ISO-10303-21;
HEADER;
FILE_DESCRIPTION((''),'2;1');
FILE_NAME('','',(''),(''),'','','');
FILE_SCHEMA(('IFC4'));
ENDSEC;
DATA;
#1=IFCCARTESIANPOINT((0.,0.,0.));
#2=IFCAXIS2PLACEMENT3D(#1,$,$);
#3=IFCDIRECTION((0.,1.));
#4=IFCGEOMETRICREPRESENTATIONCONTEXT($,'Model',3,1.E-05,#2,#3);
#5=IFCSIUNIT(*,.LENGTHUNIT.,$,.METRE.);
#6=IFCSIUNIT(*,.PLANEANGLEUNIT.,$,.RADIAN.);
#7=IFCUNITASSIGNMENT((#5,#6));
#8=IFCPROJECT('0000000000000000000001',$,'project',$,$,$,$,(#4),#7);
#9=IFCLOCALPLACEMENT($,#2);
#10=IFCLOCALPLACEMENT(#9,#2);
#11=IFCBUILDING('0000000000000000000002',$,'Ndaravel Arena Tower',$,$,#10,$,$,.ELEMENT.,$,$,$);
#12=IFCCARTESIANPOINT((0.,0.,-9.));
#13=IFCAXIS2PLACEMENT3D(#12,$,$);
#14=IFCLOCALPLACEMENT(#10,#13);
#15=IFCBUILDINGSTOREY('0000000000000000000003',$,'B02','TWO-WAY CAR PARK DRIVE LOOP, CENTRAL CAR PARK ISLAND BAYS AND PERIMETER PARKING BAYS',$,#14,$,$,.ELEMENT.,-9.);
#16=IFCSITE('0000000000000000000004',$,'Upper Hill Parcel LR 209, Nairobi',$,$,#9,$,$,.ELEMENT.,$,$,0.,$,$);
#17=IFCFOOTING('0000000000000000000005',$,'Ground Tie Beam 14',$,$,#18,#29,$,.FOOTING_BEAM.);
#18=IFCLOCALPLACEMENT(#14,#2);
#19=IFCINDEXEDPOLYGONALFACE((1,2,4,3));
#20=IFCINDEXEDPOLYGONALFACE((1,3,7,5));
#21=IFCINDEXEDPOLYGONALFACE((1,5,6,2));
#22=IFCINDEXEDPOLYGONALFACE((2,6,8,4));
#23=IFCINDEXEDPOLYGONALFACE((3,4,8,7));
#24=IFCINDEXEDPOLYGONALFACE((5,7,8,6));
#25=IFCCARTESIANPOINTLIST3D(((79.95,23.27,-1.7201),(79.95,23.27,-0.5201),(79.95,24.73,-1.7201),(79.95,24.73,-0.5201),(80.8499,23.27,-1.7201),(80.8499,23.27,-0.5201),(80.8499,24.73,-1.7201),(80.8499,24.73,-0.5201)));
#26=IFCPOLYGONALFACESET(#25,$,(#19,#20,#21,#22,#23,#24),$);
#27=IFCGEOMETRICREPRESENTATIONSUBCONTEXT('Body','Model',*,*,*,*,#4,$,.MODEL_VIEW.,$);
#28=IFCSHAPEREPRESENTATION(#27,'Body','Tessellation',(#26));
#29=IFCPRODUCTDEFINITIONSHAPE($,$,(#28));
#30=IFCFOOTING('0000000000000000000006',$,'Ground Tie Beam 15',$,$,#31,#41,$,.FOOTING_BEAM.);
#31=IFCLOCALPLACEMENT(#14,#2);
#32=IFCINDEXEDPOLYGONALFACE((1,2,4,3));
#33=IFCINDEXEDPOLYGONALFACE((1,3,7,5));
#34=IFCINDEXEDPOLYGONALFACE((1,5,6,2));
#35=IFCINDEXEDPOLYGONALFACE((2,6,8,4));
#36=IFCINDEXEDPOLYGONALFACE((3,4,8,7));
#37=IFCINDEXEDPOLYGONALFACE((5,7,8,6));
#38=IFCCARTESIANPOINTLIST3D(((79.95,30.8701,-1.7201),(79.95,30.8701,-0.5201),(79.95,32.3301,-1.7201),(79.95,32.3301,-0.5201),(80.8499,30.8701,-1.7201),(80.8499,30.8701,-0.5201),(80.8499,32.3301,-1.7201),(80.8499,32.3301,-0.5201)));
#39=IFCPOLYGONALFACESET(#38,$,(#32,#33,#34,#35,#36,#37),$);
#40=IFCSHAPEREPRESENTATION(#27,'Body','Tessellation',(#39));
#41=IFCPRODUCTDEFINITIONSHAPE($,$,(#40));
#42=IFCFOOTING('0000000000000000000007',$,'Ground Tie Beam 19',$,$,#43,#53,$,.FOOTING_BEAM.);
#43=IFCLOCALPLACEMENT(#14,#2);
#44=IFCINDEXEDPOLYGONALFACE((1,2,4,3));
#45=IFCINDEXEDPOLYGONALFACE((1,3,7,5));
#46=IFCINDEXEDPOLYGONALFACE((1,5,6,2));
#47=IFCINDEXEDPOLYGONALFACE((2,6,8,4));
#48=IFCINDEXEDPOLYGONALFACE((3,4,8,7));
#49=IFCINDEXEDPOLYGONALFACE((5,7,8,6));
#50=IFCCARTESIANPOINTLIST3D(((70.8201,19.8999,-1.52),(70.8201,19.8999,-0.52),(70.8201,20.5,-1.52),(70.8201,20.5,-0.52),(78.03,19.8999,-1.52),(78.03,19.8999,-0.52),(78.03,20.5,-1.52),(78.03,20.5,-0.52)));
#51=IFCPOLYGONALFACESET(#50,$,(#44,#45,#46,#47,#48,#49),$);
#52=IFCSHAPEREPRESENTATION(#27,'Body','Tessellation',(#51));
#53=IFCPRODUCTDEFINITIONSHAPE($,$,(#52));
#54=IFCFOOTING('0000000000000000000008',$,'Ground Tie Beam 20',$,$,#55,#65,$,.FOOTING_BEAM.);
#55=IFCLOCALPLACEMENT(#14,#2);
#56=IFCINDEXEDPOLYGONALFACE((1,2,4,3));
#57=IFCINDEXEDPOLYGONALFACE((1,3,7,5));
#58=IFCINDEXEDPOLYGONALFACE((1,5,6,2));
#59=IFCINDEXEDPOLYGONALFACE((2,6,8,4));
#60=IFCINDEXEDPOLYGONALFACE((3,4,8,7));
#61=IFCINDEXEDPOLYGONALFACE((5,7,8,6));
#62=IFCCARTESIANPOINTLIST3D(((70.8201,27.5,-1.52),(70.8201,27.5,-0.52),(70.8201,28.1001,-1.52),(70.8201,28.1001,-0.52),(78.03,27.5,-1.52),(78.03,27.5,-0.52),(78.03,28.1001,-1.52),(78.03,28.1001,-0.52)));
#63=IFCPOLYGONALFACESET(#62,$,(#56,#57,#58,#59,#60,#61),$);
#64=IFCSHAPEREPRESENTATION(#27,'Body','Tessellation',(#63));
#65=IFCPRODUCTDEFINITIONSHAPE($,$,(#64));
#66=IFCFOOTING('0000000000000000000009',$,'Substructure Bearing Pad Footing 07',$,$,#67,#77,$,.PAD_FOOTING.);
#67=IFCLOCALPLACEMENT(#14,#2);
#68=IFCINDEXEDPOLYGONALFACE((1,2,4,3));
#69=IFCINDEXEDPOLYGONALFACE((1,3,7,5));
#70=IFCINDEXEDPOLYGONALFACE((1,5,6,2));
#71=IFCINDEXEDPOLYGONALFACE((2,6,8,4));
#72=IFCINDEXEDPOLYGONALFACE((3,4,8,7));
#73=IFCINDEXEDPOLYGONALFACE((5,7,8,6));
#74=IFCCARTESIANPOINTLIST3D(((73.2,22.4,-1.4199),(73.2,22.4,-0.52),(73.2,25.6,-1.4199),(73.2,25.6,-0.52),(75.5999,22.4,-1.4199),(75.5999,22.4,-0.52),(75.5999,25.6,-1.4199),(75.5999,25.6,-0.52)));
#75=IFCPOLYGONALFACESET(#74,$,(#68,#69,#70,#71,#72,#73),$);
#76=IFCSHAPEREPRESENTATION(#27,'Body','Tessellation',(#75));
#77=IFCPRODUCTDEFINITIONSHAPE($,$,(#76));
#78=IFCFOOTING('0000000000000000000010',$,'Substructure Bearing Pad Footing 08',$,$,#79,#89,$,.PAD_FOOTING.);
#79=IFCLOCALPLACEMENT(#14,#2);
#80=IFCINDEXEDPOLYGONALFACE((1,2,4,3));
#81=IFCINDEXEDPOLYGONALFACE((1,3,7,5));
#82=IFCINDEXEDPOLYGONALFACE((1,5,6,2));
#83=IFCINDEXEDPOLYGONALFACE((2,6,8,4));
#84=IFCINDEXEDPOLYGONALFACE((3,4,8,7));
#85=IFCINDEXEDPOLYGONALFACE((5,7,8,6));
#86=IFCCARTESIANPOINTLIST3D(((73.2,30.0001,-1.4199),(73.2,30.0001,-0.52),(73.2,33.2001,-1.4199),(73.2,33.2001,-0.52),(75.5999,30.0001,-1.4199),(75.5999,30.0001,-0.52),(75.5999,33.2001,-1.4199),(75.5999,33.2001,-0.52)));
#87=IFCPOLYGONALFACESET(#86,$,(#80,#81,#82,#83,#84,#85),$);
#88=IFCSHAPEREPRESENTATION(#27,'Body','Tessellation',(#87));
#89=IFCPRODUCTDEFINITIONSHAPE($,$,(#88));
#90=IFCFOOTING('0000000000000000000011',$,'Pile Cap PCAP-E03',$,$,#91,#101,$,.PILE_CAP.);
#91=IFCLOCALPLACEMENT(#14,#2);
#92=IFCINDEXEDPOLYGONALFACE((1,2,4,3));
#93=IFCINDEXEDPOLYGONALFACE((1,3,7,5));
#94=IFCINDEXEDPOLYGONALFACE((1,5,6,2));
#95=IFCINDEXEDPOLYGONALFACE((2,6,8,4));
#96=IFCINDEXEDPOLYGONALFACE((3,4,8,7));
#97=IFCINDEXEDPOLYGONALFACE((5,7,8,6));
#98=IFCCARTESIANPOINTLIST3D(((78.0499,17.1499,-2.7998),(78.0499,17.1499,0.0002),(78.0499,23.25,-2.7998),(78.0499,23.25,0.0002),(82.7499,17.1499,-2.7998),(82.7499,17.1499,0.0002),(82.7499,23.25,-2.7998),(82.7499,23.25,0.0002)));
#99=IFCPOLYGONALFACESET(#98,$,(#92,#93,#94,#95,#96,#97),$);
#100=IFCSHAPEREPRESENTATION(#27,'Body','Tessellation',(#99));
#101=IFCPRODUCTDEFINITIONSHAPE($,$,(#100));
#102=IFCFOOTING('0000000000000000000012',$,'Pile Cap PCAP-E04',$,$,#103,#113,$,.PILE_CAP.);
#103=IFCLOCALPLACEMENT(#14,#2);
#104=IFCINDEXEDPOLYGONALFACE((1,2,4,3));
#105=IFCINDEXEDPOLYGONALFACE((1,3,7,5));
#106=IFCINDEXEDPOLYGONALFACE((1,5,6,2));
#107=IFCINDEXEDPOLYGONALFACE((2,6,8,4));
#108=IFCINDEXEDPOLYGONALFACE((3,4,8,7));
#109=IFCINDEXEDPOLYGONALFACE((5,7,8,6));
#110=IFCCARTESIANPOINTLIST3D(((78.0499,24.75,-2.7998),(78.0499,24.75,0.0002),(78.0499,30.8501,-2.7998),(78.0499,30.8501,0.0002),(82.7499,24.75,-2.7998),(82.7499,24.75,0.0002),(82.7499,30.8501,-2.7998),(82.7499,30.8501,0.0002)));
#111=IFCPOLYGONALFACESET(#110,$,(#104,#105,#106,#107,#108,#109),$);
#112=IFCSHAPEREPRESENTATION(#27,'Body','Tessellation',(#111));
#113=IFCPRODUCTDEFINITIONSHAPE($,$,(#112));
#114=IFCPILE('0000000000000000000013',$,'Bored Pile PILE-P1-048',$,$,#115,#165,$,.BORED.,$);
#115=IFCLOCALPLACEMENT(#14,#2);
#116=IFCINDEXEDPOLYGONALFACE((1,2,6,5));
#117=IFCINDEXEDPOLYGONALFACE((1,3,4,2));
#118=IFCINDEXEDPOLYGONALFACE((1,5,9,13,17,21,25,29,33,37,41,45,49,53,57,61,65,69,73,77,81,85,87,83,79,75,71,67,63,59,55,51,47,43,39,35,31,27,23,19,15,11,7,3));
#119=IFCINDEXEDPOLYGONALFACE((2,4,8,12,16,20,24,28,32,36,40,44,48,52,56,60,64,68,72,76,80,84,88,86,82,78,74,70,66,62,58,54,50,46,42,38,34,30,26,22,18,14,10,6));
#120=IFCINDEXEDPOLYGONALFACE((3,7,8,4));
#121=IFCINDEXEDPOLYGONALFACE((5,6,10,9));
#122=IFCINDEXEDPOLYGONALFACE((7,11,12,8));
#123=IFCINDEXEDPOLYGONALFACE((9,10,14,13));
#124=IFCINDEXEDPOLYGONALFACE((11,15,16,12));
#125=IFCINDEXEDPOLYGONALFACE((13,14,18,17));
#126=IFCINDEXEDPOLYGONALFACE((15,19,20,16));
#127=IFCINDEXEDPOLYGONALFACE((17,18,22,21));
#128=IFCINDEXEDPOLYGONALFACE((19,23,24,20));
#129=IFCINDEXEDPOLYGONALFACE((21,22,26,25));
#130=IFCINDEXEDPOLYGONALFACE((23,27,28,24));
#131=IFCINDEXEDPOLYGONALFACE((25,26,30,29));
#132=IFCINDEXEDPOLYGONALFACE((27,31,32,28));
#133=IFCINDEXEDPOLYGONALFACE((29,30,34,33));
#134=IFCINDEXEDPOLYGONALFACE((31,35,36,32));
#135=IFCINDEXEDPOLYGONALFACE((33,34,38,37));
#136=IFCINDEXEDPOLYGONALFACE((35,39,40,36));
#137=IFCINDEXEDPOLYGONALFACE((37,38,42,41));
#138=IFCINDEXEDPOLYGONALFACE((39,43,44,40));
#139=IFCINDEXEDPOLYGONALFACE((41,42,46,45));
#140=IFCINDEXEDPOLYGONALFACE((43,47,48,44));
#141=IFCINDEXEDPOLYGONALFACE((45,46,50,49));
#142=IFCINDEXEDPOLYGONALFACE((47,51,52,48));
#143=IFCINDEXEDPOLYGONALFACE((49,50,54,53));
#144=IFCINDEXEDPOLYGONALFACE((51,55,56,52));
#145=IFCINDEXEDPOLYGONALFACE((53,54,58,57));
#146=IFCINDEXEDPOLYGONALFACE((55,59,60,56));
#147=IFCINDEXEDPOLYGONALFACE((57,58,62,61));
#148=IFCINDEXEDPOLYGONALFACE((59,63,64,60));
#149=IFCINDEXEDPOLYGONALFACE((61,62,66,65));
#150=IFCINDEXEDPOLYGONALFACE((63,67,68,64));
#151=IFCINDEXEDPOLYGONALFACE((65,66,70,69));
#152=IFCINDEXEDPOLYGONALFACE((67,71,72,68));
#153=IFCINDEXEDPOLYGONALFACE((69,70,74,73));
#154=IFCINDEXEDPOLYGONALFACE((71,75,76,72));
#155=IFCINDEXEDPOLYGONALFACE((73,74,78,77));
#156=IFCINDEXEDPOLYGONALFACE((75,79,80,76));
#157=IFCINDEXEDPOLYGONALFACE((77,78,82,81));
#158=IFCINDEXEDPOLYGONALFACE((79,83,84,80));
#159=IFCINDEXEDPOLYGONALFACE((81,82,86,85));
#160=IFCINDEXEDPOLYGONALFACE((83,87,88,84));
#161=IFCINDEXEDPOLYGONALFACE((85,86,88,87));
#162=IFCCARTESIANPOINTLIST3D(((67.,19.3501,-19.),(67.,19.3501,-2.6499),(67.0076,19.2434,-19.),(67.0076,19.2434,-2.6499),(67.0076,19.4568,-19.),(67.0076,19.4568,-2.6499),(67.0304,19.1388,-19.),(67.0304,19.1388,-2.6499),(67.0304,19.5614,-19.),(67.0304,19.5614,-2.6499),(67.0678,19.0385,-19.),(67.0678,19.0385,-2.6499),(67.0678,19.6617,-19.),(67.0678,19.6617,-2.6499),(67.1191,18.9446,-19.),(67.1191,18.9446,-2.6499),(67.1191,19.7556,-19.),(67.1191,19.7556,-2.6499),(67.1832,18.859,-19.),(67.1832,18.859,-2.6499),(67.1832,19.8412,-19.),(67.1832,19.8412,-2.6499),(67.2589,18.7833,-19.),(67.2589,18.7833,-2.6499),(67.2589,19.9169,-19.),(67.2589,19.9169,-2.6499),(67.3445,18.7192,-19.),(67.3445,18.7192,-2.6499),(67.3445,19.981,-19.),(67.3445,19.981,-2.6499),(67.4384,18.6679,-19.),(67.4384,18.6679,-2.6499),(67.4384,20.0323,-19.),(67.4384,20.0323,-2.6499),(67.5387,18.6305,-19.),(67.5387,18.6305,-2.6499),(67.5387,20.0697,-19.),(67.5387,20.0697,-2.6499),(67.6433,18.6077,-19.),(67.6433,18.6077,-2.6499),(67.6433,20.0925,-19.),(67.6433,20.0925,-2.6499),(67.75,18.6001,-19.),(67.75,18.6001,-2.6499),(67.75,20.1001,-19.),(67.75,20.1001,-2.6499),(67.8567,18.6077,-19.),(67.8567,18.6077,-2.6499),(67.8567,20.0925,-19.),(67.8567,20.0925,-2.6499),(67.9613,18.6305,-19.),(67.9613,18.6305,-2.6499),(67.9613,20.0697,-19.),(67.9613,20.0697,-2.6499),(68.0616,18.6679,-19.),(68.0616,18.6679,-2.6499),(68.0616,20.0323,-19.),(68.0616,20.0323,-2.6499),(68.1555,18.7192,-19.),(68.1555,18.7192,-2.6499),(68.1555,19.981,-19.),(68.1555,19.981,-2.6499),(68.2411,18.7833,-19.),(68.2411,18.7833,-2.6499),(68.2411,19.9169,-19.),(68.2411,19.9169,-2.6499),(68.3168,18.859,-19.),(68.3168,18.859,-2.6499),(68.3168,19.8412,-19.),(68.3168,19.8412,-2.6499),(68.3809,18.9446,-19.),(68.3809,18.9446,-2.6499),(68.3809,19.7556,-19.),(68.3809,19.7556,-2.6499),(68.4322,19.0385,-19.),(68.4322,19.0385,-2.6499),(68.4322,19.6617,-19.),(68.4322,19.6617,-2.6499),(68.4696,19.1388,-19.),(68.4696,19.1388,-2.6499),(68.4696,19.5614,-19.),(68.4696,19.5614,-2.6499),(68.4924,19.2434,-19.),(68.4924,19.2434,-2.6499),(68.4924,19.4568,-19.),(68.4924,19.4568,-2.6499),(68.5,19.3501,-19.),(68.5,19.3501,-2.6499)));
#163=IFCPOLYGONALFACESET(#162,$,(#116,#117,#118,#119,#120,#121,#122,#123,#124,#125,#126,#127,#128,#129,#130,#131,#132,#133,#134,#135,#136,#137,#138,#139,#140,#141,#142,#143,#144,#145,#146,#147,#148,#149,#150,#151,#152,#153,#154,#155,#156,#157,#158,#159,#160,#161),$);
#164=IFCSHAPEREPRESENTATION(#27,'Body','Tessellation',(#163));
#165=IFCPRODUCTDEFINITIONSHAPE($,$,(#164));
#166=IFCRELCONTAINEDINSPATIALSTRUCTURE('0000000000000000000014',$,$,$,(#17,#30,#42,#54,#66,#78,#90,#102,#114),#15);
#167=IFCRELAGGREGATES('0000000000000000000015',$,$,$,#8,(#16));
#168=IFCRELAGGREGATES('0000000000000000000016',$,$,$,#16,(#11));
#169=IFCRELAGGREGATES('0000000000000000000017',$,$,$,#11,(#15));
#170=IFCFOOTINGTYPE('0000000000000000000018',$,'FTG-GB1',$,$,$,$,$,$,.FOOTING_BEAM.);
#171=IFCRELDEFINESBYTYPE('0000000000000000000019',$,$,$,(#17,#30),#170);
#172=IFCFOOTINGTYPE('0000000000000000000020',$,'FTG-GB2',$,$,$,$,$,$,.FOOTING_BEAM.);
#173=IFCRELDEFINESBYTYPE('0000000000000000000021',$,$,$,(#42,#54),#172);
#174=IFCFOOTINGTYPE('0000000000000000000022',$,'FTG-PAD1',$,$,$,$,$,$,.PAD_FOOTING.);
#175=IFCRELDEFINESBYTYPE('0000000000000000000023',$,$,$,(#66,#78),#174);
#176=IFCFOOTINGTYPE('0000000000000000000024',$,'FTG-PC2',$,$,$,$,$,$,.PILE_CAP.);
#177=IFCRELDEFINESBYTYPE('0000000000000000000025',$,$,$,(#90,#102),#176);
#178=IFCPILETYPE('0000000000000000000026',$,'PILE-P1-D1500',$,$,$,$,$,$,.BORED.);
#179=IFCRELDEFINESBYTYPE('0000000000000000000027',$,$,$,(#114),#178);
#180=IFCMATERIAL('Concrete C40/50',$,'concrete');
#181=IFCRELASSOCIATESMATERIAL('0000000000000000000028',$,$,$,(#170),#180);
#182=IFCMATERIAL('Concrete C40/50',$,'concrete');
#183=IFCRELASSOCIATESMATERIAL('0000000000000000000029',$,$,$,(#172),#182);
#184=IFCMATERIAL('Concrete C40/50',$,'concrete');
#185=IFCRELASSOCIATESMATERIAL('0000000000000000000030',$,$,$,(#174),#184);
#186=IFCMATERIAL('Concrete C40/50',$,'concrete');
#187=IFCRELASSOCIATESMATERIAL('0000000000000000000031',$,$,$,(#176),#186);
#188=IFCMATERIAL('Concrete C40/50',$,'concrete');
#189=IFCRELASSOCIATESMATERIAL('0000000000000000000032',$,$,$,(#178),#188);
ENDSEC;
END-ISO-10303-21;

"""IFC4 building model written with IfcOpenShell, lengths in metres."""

from ifc_helpers import new_model, si_unit, direction, frame, origin, origin_2d, place, context, subcontext, project, spatial, rectangle, circle, extrude, material, material_profile, profile_set, type_object, element, save


model = new_model("IFC4")

# Units and contexts
model_context = context("Model", 3, precision=1e-05, world=origin(), true_north=direction((0.0, 1.0)))
body_context = subcontext(model_context, "Body", "Model", "MODEL_VIEW")
ifc_project = project(units=[si_unit("LENGTHUNIT", "METRE"), si_unit("PLANEANGLEUNIT", "RADIAN")], contexts=[model_context])

# Site, building, storey
site_placement = place(None, origin())
site = spatial("IfcSite", under=ifc_project, at=site_placement, Name="Upper Hill Parcel LR 209, Nairobi", CompositionType="ELEMENT", RefElevation=0.0)
building_placement = place(site_placement, origin())
building = spatial("IfcBuilding", under=site, at=building_placement, Name="Ndaravel Arena Tower", CompositionType="ELEMENT")
storey_placement = place(building_placement, frame((0.0, 0.0, -9.0)))
storey = spatial("IfcBuildingStorey", under=building, at=storey_placement, Name="B02", Description="TWO-WAY CAR PARK DRIVE LOOP, CENTRAL CAR PARK ISLAND BAYS AND PERIMETER PARKING BAYS", CompositionType="ELEMENT", Elevation=-9.0)

# Footings
ifc_material_1 = material(Name="Concrete C40/50", Category="concrete")
ifc_material_profile_1 = material_profile(ifc_material_1, rectangle(XDim=0.8999, YDim=1.2, at=origin_2d()), Name="RC 900x1200")
ifc_profile_set_1 = profile_set([ifc_material_profile_1], Name="Concrete C40/50")
footing_type_1 = type_object("IfcFootingType", Name="FTG-GB1", PredefinedType="FOOTING_BEAM", material=ifc_profile_set_1)
for number, where, z_axis, x_axis, name in (
    (1, (80.3999, 23.27, -1.1201), (0.0, 1.0, 0.0), (-1.0, 0.0, 0.0), "Ground Tie Beam 14"),
    (2, (80.3999, 30.8701, -1.1201), (0.0, 1.0, 0.0), (-1.0, 0.0, 0.0), "Ground Tie Beam 15"),
):
    element("IfcFooting", number, at=place(storey_placement, frame(where, z_axis=z_axis, x_axis=x_axis)), inside=storey, type_object=footing_type_1, Name=name, PredefinedType="FOOTING_BEAM", context=body_context, shape_type="SweptSolid", body=[
        extrude(rectangle(XDim=0.8999, YDim=1.2, at=origin_2d()), origin(), (0.0, 0.0, 1.0), 1.46),
    ])
ifc_material_2 = material(Name="Concrete C40/50", Category="concrete")
ifc_material_profile_2 = material_profile(ifc_material_2, rectangle(XDim=0.6001, YDim=1.0, at=origin_2d()), Name="RC 600x1000")
ifc_profile_set_2 = profile_set([ifc_material_profile_2], Name="Concrete C40/50")
footing_type_2 = type_object("IfcFootingType", Name="FTG-GB2", PredefinedType="FOOTING_BEAM", material=ifc_profile_set_2)
for number, where, z_axis, x_axis, name in (
    (3, (70.8201, 20.2, -1.02), (1.0, 0.0, 0.0), (0.0, 1.0, 0.0), "Ground Tie Beam 19"),
    (4, (70.8201, 27.8, -1.02), (1.0, 0.0, 0.0), (0.0, 1.0, 0.0), "Ground Tie Beam 20"),
):
    element("IfcFooting", number, at=place(storey_placement, frame(where, z_axis=z_axis, x_axis=x_axis)), inside=storey, type_object=footing_type_2, Name=name, PredefinedType="FOOTING_BEAM", context=body_context, shape_type="SweptSolid", body=[
        extrude(rectangle(XDim=0.6001, YDim=1.0, at=origin_2d()), origin(), (0.0, 0.0, 1.0), 7.21),
    ])
ifc_material_3 = material(Name="Concrete C40/50", Category="concrete")
footing_type_3 = type_object("IfcFootingType", Name="FTG-PAD1", PredefinedType="PAD_FOOTING", material=ifc_material_3)
for number, where, z_axis, x_axis, name in (
    (5, (74.3999, 24.0, -1.4199), (0.0, 0.0, 1.0), (1.0, 0.0, 0.0), "Substructure Bearing Pad Footing 07"),
    (6, (74.3999, 31.6001, -1.4199), (0.0, 0.0, 1.0), (1.0, 0.0, 0.0), "Substructure Bearing Pad Footing 08"),
):
    element("IfcFooting", number, at=place(storey_placement, frame(where, z_axis=z_axis, x_axis=x_axis)), inside=storey, type_object=footing_type_3, Name=name, PredefinedType="PAD_FOOTING", context=body_context, shape_type="SweptSolid", body=[
        extrude(rectangle(XDim=2.3999, YDim=3.2, at=origin_2d()), origin(), (0.0, 0.0, 1.0), 0.8999),
    ])
ifc_material_4 = material(Name="Concrete C40/50", Category="concrete")
footing_type_4 = type_object("IfcFootingType", Name="FTG-PC2", PredefinedType="PILE_CAP", material=ifc_material_4)
for number, where, z_axis, x_axis, name in (
    (7, (80.3999, 20.2, -2.7998), (0.0, 0.0, 1.0), (1.0, 0.0, 0.0), "Pile Cap PCAP-E03"),
    (8, (80.3999, 27.8, -2.7998), (0.0, 0.0, 1.0), (1.0, 0.0, 0.0), "Pile Cap PCAP-E04"),
):
    element("IfcFooting", number, at=place(storey_placement, frame(where, z_axis=z_axis, x_axis=x_axis)), inside=storey, type_object=footing_type_4, Name=name, PredefinedType="PILE_CAP", context=body_context, shape_type="SweptSolid", body=[
        extrude(rectangle(XDim=4.7, YDim=6.1001, at=origin_2d()), origin(), (0.0, 0.0, 1.0), 2.8),
    ])

# Pile
ifc_material_5 = material(Name="Concrete C40/50", Category="concrete")
ifc_material_profile_3 = material_profile(ifc_material_5, circle(Radius=0.75, at=origin_2d()), Name="BORED PILE D1500")
ifc_profile_set_3 = profile_set([ifc_material_profile_3], Name="Concrete C40/50")
pile_type_1 = type_object("IfcPileType", Name="PILE-P1-D1500", PredefinedType="BORED", material=ifc_profile_set_3)
for number, where, z_axis, x_axis, name in (
    (9, (67.75, 19.3501, -2.6499), (0.0, 0.0, -1.0), (1.0, 0.0, 0.0), "Bored Pile PILE-P1-048"),
):
    element("IfcPile", number, at=place(storey_placement, frame(where, z_axis=z_axis, x_axis=x_axis)), inside=storey, type_object=pile_type_1, Name=name, PredefinedType="BORED", context=body_context, shape_type="SweptSolid", body=[
        extrude(circle(Radius=0.75, at=origin_2d()), origin(), (0.0, 0.0, 1.0), 16.3501),
    ])

save(model, "model.ifc")
